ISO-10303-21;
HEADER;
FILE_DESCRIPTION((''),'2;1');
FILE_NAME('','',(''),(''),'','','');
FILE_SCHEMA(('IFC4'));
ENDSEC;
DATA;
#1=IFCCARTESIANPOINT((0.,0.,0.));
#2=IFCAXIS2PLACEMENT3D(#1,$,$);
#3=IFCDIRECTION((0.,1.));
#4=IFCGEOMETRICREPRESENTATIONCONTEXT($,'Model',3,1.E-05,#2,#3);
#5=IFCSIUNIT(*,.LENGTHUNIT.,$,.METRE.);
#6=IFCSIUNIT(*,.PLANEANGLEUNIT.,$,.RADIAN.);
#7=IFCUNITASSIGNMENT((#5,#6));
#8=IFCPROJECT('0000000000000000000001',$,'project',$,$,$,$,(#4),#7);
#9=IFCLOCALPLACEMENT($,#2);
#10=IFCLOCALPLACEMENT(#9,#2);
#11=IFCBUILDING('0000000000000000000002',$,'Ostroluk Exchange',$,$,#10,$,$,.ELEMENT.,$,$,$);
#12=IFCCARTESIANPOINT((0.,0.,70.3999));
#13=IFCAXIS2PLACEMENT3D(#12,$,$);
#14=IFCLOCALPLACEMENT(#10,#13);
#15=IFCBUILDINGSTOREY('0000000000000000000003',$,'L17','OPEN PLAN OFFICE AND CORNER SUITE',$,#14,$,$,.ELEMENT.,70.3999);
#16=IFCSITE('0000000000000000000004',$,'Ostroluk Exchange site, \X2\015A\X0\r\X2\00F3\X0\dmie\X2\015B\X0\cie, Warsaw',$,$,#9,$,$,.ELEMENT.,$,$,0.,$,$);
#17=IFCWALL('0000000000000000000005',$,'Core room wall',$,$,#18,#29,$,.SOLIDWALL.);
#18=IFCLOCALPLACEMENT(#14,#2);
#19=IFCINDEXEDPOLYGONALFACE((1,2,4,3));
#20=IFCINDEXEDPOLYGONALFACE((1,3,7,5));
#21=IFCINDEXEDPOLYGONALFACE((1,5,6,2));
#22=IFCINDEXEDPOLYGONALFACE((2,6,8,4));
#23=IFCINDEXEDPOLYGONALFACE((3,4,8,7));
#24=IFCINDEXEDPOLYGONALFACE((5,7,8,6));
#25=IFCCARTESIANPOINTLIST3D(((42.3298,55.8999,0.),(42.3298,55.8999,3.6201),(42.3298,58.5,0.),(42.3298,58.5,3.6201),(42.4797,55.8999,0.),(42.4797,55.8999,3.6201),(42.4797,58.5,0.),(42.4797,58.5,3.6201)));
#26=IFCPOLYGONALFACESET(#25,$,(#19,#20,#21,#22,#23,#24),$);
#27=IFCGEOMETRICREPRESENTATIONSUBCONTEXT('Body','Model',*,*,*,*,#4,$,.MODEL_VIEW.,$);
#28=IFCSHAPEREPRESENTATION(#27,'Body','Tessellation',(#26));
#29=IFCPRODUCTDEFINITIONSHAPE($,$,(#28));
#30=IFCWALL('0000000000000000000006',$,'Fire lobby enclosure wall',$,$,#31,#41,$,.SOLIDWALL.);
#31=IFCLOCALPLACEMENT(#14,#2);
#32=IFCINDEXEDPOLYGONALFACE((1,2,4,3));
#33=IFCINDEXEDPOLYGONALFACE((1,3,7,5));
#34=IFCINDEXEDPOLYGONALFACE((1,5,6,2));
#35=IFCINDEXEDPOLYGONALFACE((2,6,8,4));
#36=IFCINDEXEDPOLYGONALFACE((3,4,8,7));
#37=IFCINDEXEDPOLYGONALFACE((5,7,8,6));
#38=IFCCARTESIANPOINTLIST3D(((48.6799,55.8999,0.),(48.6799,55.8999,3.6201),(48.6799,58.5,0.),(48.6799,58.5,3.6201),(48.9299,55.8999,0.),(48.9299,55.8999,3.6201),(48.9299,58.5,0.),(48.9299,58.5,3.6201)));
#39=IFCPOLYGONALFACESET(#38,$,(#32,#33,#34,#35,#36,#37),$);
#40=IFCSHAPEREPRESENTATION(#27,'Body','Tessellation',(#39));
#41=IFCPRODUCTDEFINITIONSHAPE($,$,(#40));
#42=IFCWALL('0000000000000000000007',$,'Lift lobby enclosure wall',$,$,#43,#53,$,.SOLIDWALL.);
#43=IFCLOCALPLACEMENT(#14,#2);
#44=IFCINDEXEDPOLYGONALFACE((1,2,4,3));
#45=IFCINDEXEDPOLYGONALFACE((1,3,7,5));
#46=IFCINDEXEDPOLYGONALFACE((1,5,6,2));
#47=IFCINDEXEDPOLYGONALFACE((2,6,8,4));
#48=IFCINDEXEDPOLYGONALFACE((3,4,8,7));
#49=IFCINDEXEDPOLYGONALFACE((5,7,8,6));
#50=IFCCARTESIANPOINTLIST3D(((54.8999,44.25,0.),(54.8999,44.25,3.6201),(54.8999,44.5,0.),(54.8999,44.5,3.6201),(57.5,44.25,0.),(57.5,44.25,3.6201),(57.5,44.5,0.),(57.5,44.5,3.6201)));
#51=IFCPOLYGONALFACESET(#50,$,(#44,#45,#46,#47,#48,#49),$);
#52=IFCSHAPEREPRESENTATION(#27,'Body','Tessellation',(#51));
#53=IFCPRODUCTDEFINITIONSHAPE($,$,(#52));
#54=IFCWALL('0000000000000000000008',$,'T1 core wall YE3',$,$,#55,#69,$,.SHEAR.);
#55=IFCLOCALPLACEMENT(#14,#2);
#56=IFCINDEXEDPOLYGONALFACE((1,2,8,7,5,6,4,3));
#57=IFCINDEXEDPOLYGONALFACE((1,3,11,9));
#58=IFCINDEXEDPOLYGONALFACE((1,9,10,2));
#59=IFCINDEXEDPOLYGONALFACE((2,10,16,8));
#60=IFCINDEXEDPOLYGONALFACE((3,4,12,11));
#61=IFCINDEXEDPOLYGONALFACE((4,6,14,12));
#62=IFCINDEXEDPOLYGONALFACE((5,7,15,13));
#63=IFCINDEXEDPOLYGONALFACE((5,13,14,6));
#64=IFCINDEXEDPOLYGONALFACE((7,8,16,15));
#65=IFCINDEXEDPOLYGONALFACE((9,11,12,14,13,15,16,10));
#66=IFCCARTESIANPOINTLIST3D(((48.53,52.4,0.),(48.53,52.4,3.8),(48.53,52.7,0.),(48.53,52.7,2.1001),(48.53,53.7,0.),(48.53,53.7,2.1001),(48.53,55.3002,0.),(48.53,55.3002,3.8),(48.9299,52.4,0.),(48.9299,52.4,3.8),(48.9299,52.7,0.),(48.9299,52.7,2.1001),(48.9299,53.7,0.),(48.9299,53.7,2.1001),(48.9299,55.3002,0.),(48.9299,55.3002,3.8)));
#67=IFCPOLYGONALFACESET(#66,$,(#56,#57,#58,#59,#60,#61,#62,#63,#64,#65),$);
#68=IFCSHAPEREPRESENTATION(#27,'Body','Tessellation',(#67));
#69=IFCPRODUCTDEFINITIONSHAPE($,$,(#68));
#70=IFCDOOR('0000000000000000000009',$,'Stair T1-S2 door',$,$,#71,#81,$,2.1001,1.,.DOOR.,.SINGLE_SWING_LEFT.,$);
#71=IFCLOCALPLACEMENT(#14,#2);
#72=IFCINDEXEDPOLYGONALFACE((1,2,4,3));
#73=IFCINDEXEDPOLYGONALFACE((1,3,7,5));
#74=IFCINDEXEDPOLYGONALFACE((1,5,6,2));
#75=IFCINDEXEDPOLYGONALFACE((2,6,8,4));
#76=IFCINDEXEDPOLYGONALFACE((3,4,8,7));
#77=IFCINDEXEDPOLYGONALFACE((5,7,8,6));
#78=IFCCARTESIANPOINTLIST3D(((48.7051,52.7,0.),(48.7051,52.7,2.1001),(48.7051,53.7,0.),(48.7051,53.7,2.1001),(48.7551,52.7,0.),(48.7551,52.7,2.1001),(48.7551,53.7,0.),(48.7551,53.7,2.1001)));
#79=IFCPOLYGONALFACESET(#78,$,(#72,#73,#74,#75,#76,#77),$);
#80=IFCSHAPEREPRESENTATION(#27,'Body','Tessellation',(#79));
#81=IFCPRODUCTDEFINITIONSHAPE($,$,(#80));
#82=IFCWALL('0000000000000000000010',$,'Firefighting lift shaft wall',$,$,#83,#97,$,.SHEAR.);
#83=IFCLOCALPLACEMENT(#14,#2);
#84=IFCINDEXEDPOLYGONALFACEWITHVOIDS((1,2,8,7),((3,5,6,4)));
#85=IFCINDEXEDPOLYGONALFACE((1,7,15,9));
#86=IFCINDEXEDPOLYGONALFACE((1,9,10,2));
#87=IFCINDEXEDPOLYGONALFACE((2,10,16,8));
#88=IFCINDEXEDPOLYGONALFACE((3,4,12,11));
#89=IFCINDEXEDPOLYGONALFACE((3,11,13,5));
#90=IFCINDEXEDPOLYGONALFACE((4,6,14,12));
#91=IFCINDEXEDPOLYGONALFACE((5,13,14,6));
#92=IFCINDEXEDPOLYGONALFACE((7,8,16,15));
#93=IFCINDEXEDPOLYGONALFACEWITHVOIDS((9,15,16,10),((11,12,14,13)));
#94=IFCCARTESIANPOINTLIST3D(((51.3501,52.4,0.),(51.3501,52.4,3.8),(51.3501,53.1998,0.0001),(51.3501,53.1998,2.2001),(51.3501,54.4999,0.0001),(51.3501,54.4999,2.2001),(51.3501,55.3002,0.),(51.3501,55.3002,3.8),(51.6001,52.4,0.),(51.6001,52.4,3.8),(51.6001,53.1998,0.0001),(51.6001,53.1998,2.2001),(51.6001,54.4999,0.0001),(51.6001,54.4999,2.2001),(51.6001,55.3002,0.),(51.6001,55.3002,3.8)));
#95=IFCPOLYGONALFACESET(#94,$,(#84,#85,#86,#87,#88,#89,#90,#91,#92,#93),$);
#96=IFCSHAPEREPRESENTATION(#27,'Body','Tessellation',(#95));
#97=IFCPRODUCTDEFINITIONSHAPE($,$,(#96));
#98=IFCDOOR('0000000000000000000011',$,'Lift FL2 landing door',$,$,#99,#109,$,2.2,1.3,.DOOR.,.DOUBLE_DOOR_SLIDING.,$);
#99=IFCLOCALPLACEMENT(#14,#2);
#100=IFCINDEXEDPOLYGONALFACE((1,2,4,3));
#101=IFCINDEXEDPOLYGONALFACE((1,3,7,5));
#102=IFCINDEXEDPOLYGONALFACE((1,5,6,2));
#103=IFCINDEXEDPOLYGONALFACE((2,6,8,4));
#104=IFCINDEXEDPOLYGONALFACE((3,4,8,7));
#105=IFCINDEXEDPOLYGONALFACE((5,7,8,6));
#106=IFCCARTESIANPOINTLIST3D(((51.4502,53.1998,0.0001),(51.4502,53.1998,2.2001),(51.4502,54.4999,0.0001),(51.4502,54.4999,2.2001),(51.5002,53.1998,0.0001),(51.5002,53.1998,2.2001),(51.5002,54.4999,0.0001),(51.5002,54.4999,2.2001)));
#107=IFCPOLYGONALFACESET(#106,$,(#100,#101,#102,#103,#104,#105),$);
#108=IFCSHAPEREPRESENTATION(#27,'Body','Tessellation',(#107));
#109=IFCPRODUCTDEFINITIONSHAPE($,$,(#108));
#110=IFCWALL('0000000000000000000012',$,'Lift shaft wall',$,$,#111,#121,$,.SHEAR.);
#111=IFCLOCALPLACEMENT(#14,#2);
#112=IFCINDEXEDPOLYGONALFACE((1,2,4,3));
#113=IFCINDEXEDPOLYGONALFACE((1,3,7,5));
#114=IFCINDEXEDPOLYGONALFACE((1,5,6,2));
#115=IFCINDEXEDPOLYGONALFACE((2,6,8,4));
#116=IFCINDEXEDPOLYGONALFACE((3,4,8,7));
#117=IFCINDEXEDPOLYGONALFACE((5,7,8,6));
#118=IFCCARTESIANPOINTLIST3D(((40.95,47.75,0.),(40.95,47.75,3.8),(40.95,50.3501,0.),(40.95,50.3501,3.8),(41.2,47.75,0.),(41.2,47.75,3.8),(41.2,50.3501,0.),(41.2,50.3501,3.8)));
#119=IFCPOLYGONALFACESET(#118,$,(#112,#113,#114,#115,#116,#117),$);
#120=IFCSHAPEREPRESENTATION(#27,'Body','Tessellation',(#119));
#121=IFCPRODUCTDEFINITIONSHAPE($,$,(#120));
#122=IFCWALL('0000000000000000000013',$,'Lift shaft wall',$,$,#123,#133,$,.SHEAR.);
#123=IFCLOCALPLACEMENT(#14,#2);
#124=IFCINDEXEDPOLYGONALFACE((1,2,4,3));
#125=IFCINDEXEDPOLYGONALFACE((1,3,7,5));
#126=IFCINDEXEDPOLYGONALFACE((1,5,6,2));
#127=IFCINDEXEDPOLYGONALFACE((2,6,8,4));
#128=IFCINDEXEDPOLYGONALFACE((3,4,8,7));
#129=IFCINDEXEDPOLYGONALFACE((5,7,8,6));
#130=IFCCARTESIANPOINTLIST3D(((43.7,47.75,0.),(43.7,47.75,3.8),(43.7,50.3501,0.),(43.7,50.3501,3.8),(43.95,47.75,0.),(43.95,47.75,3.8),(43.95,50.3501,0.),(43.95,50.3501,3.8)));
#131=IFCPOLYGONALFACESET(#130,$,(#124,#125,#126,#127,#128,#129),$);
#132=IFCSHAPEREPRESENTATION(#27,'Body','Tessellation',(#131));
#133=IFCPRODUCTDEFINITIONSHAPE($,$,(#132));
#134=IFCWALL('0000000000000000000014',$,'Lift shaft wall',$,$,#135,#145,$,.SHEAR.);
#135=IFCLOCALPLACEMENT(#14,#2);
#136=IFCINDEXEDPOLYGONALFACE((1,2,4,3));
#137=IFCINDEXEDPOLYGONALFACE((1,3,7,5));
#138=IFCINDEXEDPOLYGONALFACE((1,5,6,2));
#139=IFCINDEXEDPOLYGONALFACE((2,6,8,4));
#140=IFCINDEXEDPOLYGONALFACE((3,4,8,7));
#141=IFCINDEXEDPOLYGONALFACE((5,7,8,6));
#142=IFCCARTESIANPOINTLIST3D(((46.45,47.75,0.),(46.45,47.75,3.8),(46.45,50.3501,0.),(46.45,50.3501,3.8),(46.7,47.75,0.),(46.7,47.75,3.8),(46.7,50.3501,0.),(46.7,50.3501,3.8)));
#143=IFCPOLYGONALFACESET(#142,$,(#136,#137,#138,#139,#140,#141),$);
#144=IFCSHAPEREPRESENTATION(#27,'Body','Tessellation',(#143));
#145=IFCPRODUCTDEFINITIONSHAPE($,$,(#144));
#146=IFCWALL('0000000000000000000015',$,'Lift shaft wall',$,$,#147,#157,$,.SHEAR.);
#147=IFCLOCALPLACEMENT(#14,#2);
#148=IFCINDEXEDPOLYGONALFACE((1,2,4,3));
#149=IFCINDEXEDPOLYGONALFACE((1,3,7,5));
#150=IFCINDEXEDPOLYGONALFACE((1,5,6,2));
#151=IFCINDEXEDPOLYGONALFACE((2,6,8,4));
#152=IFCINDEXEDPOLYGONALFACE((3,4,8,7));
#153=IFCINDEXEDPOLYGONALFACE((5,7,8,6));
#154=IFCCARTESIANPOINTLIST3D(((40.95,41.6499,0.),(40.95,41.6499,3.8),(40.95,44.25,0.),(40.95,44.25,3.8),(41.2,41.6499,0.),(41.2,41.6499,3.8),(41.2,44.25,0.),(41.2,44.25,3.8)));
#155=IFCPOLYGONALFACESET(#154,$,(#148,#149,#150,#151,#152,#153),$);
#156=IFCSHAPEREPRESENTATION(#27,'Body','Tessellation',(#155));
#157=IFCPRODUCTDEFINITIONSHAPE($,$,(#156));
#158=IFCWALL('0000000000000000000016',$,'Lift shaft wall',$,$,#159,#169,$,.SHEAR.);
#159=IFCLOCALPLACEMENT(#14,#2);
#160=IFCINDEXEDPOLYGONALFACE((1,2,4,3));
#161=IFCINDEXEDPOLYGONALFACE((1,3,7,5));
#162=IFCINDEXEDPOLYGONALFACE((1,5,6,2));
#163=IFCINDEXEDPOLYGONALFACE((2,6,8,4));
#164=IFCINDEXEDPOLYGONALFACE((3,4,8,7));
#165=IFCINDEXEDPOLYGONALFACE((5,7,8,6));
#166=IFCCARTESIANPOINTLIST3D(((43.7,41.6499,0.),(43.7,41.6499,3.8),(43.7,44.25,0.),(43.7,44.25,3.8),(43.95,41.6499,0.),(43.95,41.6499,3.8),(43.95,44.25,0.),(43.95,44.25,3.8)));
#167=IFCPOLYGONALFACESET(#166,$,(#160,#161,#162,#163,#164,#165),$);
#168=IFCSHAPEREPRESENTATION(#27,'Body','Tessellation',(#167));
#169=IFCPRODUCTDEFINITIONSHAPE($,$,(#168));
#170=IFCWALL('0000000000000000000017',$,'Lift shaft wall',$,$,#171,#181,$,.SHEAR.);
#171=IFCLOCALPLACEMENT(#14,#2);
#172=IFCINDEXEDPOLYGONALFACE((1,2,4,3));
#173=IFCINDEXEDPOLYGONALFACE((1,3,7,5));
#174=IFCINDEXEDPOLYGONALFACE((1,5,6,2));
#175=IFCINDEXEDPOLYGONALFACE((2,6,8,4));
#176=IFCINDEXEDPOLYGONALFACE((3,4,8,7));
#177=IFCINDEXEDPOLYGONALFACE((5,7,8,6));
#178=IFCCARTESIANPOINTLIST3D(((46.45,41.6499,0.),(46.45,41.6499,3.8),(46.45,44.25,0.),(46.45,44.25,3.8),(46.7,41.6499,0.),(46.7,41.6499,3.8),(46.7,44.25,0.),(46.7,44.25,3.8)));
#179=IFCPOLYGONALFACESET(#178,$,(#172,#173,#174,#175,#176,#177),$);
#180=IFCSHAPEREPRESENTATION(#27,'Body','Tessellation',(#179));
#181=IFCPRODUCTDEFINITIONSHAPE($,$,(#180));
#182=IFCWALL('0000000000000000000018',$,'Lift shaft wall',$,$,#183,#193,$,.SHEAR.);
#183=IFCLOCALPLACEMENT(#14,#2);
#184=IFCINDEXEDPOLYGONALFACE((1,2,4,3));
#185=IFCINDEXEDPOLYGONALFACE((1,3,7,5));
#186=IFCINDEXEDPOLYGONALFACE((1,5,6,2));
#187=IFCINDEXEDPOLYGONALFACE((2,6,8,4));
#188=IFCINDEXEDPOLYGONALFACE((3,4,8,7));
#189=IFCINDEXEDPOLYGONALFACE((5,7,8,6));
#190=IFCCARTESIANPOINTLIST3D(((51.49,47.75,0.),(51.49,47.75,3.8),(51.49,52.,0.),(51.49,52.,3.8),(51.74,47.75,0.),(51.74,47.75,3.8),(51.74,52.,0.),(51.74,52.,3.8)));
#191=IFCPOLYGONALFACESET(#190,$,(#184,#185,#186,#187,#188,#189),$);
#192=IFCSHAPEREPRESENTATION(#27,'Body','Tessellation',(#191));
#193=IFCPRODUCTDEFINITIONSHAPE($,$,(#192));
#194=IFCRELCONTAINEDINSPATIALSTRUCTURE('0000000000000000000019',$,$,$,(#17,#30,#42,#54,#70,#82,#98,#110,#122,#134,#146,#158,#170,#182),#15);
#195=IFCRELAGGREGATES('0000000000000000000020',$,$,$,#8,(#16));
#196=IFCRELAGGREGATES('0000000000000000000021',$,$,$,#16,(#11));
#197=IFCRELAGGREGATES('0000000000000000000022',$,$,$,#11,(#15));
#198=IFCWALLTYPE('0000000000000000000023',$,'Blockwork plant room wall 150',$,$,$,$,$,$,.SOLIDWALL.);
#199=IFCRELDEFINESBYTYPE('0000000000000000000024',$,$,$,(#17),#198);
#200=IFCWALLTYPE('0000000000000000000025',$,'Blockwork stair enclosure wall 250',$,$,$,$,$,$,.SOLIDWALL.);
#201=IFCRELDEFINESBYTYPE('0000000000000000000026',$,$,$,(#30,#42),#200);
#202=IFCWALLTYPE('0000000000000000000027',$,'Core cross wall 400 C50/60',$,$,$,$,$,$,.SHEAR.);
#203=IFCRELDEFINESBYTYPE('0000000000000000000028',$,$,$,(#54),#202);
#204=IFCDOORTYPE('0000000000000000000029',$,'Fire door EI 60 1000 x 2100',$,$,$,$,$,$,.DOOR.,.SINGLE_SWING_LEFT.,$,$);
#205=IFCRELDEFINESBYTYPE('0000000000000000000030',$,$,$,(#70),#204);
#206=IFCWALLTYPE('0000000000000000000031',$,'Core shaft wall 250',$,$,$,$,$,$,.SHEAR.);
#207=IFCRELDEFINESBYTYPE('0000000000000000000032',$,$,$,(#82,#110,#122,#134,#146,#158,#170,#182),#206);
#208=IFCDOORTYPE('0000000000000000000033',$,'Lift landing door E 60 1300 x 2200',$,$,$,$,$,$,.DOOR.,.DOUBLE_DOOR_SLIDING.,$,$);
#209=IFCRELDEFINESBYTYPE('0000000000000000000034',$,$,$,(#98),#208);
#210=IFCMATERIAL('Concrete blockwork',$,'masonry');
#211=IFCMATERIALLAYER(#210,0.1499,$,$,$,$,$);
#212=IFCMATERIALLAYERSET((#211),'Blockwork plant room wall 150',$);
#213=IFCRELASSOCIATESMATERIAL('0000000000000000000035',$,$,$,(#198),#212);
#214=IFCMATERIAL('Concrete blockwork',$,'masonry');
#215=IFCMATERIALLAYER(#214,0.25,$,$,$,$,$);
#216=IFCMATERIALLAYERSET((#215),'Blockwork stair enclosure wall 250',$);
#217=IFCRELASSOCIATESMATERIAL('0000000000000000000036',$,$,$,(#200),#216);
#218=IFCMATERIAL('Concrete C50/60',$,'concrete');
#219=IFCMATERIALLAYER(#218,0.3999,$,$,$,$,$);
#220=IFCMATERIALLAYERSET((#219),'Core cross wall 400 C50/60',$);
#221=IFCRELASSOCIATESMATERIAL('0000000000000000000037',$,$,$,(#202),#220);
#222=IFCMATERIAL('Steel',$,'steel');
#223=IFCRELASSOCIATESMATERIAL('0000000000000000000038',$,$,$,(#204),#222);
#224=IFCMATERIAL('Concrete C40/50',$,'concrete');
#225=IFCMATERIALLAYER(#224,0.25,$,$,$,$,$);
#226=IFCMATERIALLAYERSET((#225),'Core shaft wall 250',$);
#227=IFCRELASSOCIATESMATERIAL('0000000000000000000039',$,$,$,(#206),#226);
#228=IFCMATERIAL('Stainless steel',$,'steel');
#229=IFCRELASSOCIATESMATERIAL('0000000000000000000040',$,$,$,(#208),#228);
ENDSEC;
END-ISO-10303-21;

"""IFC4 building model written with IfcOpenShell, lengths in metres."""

from ifc_helpers import new_model, si_unit, direction, frame, frame_2d, origin, place, context, subcontext, project, spatial, rectangle, extrude, material, layer, layer_set, type_object, element, fill, save


model = new_model("IFC4")

# Units and contexts
model_context = context("Model", 3, precision=1e-05, world=origin(), true_north=direction((0.0, 1.0)))
body_context = subcontext(model_context, "Body", "Model", "MODEL_VIEW")
ifc_project = project(units=[si_unit("LENGTHUNIT", "METRE"), si_unit("PLANEANGLEUNIT", "RADIAN")], contexts=[model_context])

# Site, building, storey
site_placement = place(None, origin())
site = spatial("IfcSite", under=ifc_project, at=site_placement, Name="Ostroluk Exchange site, Śródmieście, Warsaw", CompositionType="ELEMENT", RefElevation=0.0)
building_placement = place(site_placement, origin())
building = spatial("IfcBuilding", under=site, at=building_placement, Name="Ostroluk Exchange", CompositionType="ELEMENT")
storey_placement = place(building_placement, frame((0.0, 0.0, 70.3999)))
storey = spatial("IfcBuildingStorey", under=building, at=storey_placement, Name="L17", Description="OPEN PLAN OFFICE AND CORNER SUITE", CompositionType="ELEMENT", Elevation=70.3999)

# Walls
ifc_material_1 = material(Name="Concrete blockwork", Category="masonry")
ifc_layer_1 = layer(ifc_material_1, 0.1499)
ifc_layer_set_1 = layer_set([ifc_layer_1], Name="Blockwork plant room wall 150")
wall_type_1 = type_object("IfcWallType", Name="Blockwork plant room wall 150", PredefinedType="SOLIDWALL", material=ifc_layer_set_1)
wall_1_placement = place(storey_placement, frame((42.4048, 55.8999, 0.0), z_axis=(0.0, 0.0, 1.0), x_axis=(0.0, 1.0, 0.0)))
element("IfcWall", 1, at=wall_1_placement, inside=storey, type_object=wall_type_1, Name="Core room wall", PredefinedType="SOLIDWALL", context=body_context, shape_type="SweptSolid", body=[
    extrude(rectangle(XDim=2.6001, YDim=0.1499, at=frame_2d((1.3, 0.0))), origin(), (0.0, 0.0, 1.0), 3.6201),
])
ifc_material_2 = material(Name="Concrete blockwork", Category="masonry")
ifc_layer_2 = layer(ifc_material_2, 0.25)
ifc_layer_set_2 = layer_set([ifc_layer_2], Name="Blockwork stair enclosure wall 250")
wall_type_2 = type_object("IfcWallType", Name="Blockwork stair enclosure wall 250", PredefinedType="SOLIDWALL", material=ifc_layer_set_2)
for number, where, z_axis, x_axis, name in (
    (2, (48.8049, 55.8999, 0.0), (0.0, 0.0, 1.0), (0.0, 1.0, 0.0), "Fire lobby enclosure wall"),
    (3, (54.8999, 44.375, 0.0), (0.0, 0.0, 1.0), (1.0, 0.0, 0.0), "Lift lobby enclosure wall"),
):
    element("IfcWall", number, at=place(storey_placement, frame(where, z_axis=z_axis, x_axis=x_axis)), inside=storey, type_object=wall_type_2, Name=name, PredefinedType="SOLIDWALL", context=body_context, shape_type="SweptSolid", body=[
        extrude(rectangle(XDim=2.6001, YDim=0.25, at=frame_2d((1.3, 0.0))), origin(), (0.0, 0.0, 1.0), 3.6201),
    ])

# Walls, openings, doors
ifc_material_3 = material(Name="Concrete C50/60", Category="concrete")
ifc_layer_3 = layer(ifc_material_3, 0.3999)
ifc_layer_set_3 = layer_set([ifc_layer_3], Name="Core cross wall 400 C50/60")
wall_type_3 = type_object("IfcWallType", Name="Core cross wall 400 C50/60", PredefinedType="SHEAR", material=ifc_layer_set_3)
wall_2_placement = place(storey_placement, frame((48.73, 52.3999, 0.0), z_axis=(0.0, 0.0, 1.0), x_axis=(0.0, 1.0, 0.0)))
wall_2 = element("IfcWall", 4, at=wall_2_placement, inside=storey, type_object=wall_type_3, Name="T1 core wall YE3", PredefinedType="SHEAR", context=body_context, shape_type="SweptSolid", body=[
    extrude(rectangle(XDim=2.9001, YDim=0.3999, at=frame_2d((1.4502, 0.0))), origin(), (0.0, 0.0, 1.0), 3.8),
])
opening_1_placement = place(wall_2_placement, frame((0.3, 0.0, 0.0)))
opening_1 = element("IfcOpeningElement", 5, at=opening_1_placement, cuts=wall_2, PredefinedType="OPENING", context=body_context, shape_type="SweptSolid", body=[
    extrude(rectangle(XDim=1.0, YDim=2.1001, at=frame_2d((0.5, 1.05))), frame((0.0, 0.21, 0.0), z_axis=(0.0, -1.0, 0.0), x_axis=(1.0, 0.0, 0.0)), (0.0, 0.0, 1.0), 0.4199),
])
ifc_material_4 = material(Name="Steel", Category="steel")
door_type_1 = type_object("IfcDoorType", Name="Fire door EI 60 1000 x 2100", OperationType="SINGLE_SWING_LEFT", PredefinedType="DOOR", material=ifc_material_4)
door_1_placement = place(opening_1_placement, origin())
door_1 = element("IfcDoor", 6, at=door_1_placement, inside=storey, type_object=door_type_1, Name="Stair T1-S2 door", OperationType="SINGLE_SWING_LEFT", OverallHeight=2.1001, OverallWidth=1.0, PredefinedType="DOOR", context=body_context, shape_type="SweptSolid", body=[
    extrude(rectangle(XDim=1.0, YDim=2.1001, at=frame_2d((0.5, 1.05))), frame((0.0, 0.0249, 0.0), z_axis=(0.0, -1.0, 0.0), x_axis=(1.0, 0.0, 0.0)), (0.0, 0.0, 1.0), 0.05),
])
fill(opening_1, door_1)
ifc_material_5 = material(Name="Concrete C40/50", Category="concrete")
ifc_layer_4 = layer(ifc_material_5, 0.25)
ifc_layer_set_4 = layer_set([ifc_layer_4], Name="Core shaft wall 250")
wall_type_4 = type_object("IfcWallType", Name="Core shaft wall 250", PredefinedType="SHEAR", material=ifc_layer_set_4)
wall_3_placement = place(storey_placement, frame((51.4751, 52.3999, 0.0), z_axis=(0.0, 0.0, 1.0), x_axis=(0.0, 1.0, 0.0)))
wall_3 = element("IfcWall", 7, at=wall_3_placement, inside=storey, type_object=wall_type_4, Name="Firefighting lift shaft wall", PredefinedType="SHEAR", context=body_context, shape_type="SweptSolid", body=[
    extrude(rectangle(XDim=2.9001, YDim=0.25, at=frame_2d((1.4502, 0.0))), origin(), (0.0, 0.0, 1.0), 3.8),
])
opening_2_placement = place(wall_3_placement, frame((0.8, 0.0, 0.0)))
opening_2 = element("IfcOpeningElement", 8, at=opening_2_placement, cuts=wall_3, PredefinedType="OPENING", context=body_context, shape_type="SweptSolid", body=[
    extrude(rectangle(XDim=1.3, YDim=2.2, at=frame_2d((0.6499, 1.1001))), frame((0.0, 0.135, 0.0), z_axis=(0.0, -1.0, 0.0), x_axis=(1.0, 0.0, 0.0)), (0.0, 0.0, 1.0), 0.27),
])
ifc_material_6 = material(Name="Stainless steel", Category="steel")
door_type_2 = type_object("IfcDoorType", Name="Lift landing door E 60 1300 x 2200", OperationType="DOUBLE_DOOR_SLIDING", PredefinedType="DOOR", material=ifc_material_6)
door_2_placement = place(opening_2_placement, origin())
door_2 = element("IfcDoor", 9, at=door_2_placement, inside=storey, type_object=door_type_2, Name="Lift FL2 landing door", OperationType="DOUBLE_DOOR_SLIDING", OverallHeight=2.2, OverallWidth=1.3, PredefinedType="DOOR", context=body_context, shape_type="SweptSolid", body=[
    extrude(rectangle(XDim=1.3, YDim=2.2, at=frame_2d((0.6499, 1.1001))), frame((0.0, 0.0249, 0.0), z_axis=(0.0, -1.0, 0.0), x_axis=(1.0, 0.0, 0.0)), (0.0, 0.0, 1.0), 0.05),
])
fill(opening_2, door_2)

# Walls
for number, where, z_axis, x_axis, name in (
    (10, (41.075, 47.75, 0.0), (0.0, 0.0, 1.0), (0.0, 1.0, 0.0), "Lift shaft wall"),
    (11, (43.825, 47.75, 0.0), (0.0, 0.0, 1.0), (0.0, 1.0, 0.0), "Lift shaft wall"),
    (12, (46.575, 47.75, 0.0), (0.0, 0.0, 1.0), (0.0, 1.0, 0.0), "Lift shaft wall"),
    (13, (41.075, 44.25, 0.0), (0.0, 0.0, 1.0), (0.0, -1.0, 0.0), "Lift shaft wall"),
    (14, (43.825, 44.25, 0.0), (0.0, 0.0, 1.0), (0.0, -1.0, 0.0), "Lift shaft wall"),
    (15, (46.575, 44.25, 0.0), (0.0, 0.0, 1.0), (0.0, -1.0, 0.0), "Lift shaft wall"),
):
    element("IfcWall", number, at=place(storey_placement, frame(where, z_axis=z_axis, x_axis=x_axis)), inside=storey, type_object=wall_type_4, Name=name, PredefinedType="SHEAR", context=body_context, shape_type="SweptSolid", body=[
        extrude(rectangle(XDim=2.6001, YDim=0.25, at=frame_2d((1.3, 0.0))), origin(), (0.0, 0.0, 1.0), 3.8),
    ])
wall_4_placement = place(storey_placement, frame((51.615, 47.75, 0.0), z_axis=(0.0, 0.0, 1.0), x_axis=(0.0, 1.0, 0.0)))
element("IfcWall", 16, at=wall_4_placement, inside=storey, type_object=wall_type_4, Name="Lift shaft wall", PredefinedType="SHEAR", context=body_context, shape_type="SweptSolid", body=[
    extrude(rectangle(XDim=4.25, YDim=0.25, at=frame_2d((2.125, 0.0))), origin(), (0.0, 0.0, 1.0), 3.8),
])

save(model, "model.ifc")
